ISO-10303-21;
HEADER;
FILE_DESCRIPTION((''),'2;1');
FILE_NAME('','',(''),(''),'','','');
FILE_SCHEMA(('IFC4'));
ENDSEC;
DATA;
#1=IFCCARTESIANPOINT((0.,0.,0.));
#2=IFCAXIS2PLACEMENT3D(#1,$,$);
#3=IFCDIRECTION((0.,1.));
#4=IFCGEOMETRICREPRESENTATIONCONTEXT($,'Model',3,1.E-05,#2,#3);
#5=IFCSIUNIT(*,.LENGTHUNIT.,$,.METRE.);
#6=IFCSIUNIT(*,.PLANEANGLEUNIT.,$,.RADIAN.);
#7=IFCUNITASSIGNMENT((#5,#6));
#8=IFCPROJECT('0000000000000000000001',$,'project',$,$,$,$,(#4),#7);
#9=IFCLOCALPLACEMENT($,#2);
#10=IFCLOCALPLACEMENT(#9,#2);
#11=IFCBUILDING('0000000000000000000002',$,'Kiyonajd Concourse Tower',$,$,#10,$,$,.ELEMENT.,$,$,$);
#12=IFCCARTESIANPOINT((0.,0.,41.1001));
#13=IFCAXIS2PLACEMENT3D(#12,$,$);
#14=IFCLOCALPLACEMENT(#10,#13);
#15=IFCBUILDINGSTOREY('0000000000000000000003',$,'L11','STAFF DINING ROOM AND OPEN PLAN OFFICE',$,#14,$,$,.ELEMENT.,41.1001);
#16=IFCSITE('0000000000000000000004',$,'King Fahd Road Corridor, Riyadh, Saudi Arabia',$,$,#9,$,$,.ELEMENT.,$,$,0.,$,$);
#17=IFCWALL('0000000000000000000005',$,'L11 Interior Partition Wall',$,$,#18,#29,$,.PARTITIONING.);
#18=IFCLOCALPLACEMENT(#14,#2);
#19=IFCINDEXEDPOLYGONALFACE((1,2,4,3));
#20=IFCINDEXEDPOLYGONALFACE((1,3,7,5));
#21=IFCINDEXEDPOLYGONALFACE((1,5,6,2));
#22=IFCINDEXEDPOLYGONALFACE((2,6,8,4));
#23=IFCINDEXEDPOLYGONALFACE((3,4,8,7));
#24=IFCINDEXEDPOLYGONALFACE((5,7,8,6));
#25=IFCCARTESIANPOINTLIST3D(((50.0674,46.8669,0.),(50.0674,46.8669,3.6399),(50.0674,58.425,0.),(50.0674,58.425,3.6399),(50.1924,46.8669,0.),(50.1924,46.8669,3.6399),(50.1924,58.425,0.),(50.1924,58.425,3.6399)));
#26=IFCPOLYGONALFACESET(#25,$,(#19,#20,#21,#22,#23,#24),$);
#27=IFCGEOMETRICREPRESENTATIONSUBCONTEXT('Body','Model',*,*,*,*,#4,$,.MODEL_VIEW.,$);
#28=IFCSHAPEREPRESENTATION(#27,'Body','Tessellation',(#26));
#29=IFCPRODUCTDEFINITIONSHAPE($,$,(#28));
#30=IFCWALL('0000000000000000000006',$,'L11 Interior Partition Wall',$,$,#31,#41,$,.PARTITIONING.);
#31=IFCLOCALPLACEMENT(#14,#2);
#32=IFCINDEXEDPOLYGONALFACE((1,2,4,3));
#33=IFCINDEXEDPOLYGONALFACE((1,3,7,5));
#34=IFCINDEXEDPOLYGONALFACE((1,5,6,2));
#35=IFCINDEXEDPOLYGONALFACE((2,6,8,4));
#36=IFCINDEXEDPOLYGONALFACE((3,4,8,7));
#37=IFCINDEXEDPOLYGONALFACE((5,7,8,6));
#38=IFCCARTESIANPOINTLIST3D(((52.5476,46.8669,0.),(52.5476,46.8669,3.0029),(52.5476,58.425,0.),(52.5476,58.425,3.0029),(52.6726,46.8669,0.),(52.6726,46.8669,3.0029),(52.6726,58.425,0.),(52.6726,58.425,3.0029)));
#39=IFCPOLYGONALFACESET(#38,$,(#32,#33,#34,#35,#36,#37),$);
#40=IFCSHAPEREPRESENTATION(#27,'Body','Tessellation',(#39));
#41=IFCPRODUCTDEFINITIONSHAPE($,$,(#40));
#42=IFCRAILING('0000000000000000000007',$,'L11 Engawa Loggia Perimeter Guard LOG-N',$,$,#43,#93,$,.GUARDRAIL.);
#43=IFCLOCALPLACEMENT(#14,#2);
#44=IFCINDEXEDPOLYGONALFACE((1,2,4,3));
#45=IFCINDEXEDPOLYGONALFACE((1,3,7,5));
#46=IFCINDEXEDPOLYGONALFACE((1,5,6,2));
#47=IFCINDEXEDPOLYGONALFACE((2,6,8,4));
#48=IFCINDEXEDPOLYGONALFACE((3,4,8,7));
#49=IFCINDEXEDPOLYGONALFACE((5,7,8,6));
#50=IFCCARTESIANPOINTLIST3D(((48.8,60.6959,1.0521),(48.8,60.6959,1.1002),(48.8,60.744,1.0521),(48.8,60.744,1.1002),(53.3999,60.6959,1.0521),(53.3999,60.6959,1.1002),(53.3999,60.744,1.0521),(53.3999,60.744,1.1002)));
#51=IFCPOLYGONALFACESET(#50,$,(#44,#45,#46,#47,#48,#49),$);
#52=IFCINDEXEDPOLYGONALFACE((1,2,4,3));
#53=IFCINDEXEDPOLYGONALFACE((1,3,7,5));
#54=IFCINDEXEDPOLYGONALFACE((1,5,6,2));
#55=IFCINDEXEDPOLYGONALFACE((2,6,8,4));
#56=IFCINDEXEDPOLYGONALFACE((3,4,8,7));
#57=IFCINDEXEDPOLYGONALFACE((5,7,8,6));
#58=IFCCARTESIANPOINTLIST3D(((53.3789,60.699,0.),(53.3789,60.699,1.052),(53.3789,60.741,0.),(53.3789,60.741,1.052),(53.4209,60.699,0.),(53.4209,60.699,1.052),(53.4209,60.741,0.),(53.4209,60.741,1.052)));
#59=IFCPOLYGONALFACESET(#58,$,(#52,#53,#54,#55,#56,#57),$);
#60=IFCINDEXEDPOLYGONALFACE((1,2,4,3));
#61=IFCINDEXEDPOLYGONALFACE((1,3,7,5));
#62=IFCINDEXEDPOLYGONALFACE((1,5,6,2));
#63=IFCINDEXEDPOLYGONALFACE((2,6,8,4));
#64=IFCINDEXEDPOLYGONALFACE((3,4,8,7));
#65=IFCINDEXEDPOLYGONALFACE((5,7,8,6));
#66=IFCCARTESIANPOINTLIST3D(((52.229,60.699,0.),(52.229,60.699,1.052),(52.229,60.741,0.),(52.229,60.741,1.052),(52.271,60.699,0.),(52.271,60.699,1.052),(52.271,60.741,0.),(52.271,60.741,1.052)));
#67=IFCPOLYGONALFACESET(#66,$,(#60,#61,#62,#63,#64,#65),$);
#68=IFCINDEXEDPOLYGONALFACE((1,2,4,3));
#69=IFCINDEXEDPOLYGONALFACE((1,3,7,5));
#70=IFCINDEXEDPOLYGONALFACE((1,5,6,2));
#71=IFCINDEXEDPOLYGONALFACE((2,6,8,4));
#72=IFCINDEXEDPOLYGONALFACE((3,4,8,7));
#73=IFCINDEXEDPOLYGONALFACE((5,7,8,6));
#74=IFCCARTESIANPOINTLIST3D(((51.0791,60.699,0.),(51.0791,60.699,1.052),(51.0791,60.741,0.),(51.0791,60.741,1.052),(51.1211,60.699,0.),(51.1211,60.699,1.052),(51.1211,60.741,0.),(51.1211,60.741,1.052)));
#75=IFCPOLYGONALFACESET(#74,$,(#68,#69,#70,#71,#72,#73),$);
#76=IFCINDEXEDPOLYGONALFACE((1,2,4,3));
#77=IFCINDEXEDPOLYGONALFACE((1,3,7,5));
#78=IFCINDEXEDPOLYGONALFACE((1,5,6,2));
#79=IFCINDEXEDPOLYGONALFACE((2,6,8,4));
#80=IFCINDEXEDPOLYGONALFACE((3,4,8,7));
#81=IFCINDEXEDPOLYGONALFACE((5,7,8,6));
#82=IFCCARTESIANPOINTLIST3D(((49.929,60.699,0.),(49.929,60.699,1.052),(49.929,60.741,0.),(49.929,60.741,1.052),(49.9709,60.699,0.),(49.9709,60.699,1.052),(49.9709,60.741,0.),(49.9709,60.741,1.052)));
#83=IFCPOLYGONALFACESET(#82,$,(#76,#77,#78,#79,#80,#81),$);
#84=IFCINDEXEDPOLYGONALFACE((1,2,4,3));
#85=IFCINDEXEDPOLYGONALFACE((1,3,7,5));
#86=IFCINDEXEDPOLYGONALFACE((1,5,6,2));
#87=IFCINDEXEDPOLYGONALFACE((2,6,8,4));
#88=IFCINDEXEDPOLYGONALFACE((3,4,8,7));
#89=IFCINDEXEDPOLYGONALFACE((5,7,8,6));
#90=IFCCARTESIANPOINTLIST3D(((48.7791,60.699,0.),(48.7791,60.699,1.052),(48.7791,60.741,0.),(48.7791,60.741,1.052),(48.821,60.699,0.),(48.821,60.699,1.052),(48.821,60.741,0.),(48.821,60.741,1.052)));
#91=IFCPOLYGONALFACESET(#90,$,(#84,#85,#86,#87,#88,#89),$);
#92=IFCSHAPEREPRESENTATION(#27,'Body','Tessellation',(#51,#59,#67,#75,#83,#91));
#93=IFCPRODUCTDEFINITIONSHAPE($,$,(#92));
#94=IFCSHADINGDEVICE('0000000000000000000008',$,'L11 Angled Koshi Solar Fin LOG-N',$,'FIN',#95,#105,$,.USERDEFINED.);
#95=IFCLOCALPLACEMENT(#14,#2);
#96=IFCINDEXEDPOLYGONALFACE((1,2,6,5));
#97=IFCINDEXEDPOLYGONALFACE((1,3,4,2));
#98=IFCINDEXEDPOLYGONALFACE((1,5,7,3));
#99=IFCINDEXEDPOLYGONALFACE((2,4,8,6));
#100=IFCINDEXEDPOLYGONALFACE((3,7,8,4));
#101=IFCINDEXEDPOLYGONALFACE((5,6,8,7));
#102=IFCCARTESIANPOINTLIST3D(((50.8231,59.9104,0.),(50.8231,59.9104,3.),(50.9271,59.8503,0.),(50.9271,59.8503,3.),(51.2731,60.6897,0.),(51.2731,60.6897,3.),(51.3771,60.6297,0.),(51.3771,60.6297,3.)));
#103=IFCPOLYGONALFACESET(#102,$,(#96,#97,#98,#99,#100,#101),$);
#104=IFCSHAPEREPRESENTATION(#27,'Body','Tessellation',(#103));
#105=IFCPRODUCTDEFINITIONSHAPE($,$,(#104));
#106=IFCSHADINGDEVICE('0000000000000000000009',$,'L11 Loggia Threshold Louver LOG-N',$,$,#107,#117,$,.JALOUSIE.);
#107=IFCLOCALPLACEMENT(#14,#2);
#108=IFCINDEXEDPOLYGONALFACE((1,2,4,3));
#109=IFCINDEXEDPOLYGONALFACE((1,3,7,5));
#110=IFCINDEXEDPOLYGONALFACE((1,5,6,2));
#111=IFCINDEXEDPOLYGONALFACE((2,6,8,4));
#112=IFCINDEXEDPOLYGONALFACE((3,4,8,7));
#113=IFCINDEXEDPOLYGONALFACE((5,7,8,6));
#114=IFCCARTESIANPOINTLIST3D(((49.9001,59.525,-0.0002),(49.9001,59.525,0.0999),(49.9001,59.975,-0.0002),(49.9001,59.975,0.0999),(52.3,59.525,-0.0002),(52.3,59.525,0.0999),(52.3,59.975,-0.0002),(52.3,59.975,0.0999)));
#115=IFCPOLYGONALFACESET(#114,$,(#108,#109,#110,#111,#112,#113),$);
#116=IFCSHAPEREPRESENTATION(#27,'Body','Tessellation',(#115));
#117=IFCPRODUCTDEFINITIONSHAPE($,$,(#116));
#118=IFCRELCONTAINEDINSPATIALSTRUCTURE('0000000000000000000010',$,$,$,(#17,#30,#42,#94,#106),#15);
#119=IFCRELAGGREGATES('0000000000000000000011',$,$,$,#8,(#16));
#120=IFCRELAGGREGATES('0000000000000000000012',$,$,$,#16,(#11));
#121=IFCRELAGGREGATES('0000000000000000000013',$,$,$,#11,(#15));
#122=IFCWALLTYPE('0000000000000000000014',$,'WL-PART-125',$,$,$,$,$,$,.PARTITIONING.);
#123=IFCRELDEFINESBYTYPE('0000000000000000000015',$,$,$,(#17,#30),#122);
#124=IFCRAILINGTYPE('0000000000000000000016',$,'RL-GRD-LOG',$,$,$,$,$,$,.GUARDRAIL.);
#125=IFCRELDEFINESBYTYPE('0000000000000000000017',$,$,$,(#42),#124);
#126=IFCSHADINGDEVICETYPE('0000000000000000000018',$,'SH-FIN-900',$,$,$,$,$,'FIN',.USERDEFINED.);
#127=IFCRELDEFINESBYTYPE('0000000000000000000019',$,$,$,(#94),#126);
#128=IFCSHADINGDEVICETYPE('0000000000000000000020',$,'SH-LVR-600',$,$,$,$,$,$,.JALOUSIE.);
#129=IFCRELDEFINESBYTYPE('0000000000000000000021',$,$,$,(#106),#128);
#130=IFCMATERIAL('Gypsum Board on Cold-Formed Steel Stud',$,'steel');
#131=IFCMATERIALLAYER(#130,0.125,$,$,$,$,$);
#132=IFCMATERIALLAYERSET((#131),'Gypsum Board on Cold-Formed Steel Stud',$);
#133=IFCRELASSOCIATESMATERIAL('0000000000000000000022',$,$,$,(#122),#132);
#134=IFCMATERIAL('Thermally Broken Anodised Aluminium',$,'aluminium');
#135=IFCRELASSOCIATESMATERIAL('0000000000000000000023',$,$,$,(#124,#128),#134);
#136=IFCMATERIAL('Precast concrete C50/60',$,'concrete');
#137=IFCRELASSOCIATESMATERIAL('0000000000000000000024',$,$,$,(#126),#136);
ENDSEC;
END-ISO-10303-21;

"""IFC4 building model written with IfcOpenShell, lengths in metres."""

from ifc_helpers import new_model, si_unit, direction, frame, frame_2d, origin, origin_2d, place, context, subcontext, project, spatial, rectangle, extrude, material, layer, layer_set, type_object, element, save


model = new_model("IFC4")

# Units and contexts
model_context = context("Model", 3, precision=1e-05, world=origin(), true_north=direction((0.0, 1.0)))
body_context = subcontext(model_context, "Body", "Model", "MODEL_VIEW")
ifc_project = project(units=[si_unit("LENGTHUNIT", "METRE"), si_unit("PLANEANGLEUNIT", "RADIAN")], contexts=[model_context])

# Site, building, storey
site_placement = place(None, origin())
site = spatial("IfcSite", under=ifc_project, at=site_placement, Name="King Fahd Road Corridor, Riyadh, Saudi Arabia", CompositionType="ELEMENT", RefElevation=0.0)
building_placement = place(site_placement, origin())
building = spatial("IfcBuilding", under=site, at=building_placement, Name="Kiyonajd Concourse Tower", CompositionType="ELEMENT")
storey_placement = place(building_placement, frame((0.0, 0.0, 41.1001)))
storey = spatial("IfcBuildingStorey", under=building, at=storey_placement, Name="L11", Description="STAFF DINING ROOM AND OPEN PLAN OFFICE", CompositionType="ELEMENT", Elevation=41.1001)

# Shared definitions
ifc_material_1 = material(Name="Precast concrete C50/60", Category="concrete")

# Shared definitions
ifc_material_2 = material(Name="Thermally Broken Anodised Aluminium", Category="aluminium")

# Walls
ifc_material_3 = material(Name="Gypsum Board on Cold-Formed Steel Stud", Category="steel")
ifc_layer_1 = layer(ifc_material_3, 0.125)
ifc_layer_set_1 = layer_set([ifc_layer_1], Name="Gypsum Board on Cold-Formed Steel Stud")
wall_type_1 = type_object("IfcWallType", Name="WL-PART-125", PredefinedType="PARTITIONING", material=ifc_layer_set_1)
wall_1_placement = place(storey_placement, frame((50.1299, 46.8669, 0.0), z_axis=(0.0, 0.0, 1.0), x_axis=(0.0, 1.0, 0.0)))
element("IfcWall", 1, at=wall_1_placement, inside=storey, type_object=wall_type_1, Name="L11 Interior Partition Wall", PredefinedType="PARTITIONING", context=body_context, shape_type="SweptSolid", body=[
    extrude(rectangle(XDim=11.5581, YDim=0.125, at=frame_2d((5.7791, 0.0))), origin(), (0.0, 0.0, 1.0), 3.6399),
])
wall_2_placement = place(storey_placement, frame((52.6101, 46.8669, 0.0), z_axis=(0.0, 0.0, 1.0), x_axis=(0.0, 1.0, 0.0)))
element("IfcWall", 2, at=wall_2_placement, inside=storey, type_object=wall_type_1, Name="L11 Interior Partition Wall", PredefinedType="PARTITIONING", context=body_context, shape_type="SweptSolid", body=[
    extrude(rectangle(XDim=11.5581, YDim=0.125, at=frame_2d((5.7791, 0.0))), origin(), (0.0, 0.0, 1.0), 3.0029),
])

# Railing
railing_type = type_object("IfcRailingType", Name="RL-GRD-LOG", PredefinedType="GUARDRAIL", material=ifc_material_2)
railing_placement = place(storey_placement, frame((53.3999, 60.72, 0.0)))
element("IfcRailing", 3, at=railing_placement, inside=storey, type_object=railing_type, Name="L11 Engawa Loggia Perimeter Guard LOG-N", PredefinedType="GUARDRAIL", context=body_context, shape_type="SweptSolid", body=[
    extrude(rectangle(XDim=0.0481, YDim=0.0481, at=origin_2d()), frame((0.0, 0.0, 1.0762), z_axis=(-1.0, 0.0, 0.0), x_axis=(0.0, -1.0, 0.0)), (0.0, 0.0, 1.0), 4.5999),
    extrude(rectangle(XDim=0.042, YDim=0.042, at=origin_2d()), origin(), (0.0, 0.0, 1.0), 1.052),
    extrude(rectangle(XDim=0.042, YDim=0.042, at=origin_2d()), frame((-1.1499, 0.0, 0.0)), (0.0, 0.0, 1.0), 1.052),
    extrude(rectangle(XDim=0.042, YDim=0.042, at=origin_2d()), frame((-2.2998, 0.0, 0.0)), (0.0, 0.0, 1.0), 1.052),
    extrude(rectangle(XDim=0.042, YDim=0.042, at=origin_2d()), frame((-3.45, 0.0, 0.0)), (0.0, 0.0, 1.0), 1.052),
    extrude(rectangle(XDim=0.042, YDim=0.042, at=origin_2d()), frame((-4.5999, 0.0, 0.0)), (0.0, 0.0, 1.0), 1.052),
])

# Shading devices
shading_device_type_1 = type_object("IfcShadingDeviceType", Name="SH-FIN-900", ElementType="FIN", PredefinedType="USERDEFINED", material=ifc_material_1)
shading_device_1_placement = place(storey_placement, frame((51.1001, 60.27, 0.0), z_axis=(0.0, 0.0, 1.0), x_axis=(0.5, 0.866025, 0.0)))
element("IfcShadingDevice", 4, at=shading_device_1_placement, inside=storey, type_object=shading_device_type_1, Name="L11 Angled Koshi Solar Fin LOG-N", ObjectType="FIN", PredefinedType="USERDEFINED", context=body_context, shape_type="SweptSolid", body=[
    extrude(rectangle(XDim=0.8999, YDim=0.1201, at=origin_2d()), origin(), (0.0, 0.0, 1.0), 3.0),
])
shading_device_type_2 = type_object("IfcShadingDeviceType", Name="SH-LVR-600", PredefinedType="JALOUSIE", material=ifc_material_2)
shading_device_2_placement = place(storey_placement, frame((51.1001, 59.75, -0.0002), z_axis=(0.0, 0.0, 1.0), x_axis=(1.0, 0.0, 0.0)))
element("IfcShadingDevice", 5, at=shading_device_2_placement, inside=storey, type_object=shading_device_type_2, Name="L11 Loggia Threshold Louver LOG-N", PredefinedType="JALOUSIE", context=body_context, shape_type="SweptSolid", body=[
    extrude(rectangle(XDim=2.3999, YDim=0.45, at=origin_2d()), origin(), (0.0, 0.0, 1.0), 0.1001),
])

save(model, "model.ifc")
